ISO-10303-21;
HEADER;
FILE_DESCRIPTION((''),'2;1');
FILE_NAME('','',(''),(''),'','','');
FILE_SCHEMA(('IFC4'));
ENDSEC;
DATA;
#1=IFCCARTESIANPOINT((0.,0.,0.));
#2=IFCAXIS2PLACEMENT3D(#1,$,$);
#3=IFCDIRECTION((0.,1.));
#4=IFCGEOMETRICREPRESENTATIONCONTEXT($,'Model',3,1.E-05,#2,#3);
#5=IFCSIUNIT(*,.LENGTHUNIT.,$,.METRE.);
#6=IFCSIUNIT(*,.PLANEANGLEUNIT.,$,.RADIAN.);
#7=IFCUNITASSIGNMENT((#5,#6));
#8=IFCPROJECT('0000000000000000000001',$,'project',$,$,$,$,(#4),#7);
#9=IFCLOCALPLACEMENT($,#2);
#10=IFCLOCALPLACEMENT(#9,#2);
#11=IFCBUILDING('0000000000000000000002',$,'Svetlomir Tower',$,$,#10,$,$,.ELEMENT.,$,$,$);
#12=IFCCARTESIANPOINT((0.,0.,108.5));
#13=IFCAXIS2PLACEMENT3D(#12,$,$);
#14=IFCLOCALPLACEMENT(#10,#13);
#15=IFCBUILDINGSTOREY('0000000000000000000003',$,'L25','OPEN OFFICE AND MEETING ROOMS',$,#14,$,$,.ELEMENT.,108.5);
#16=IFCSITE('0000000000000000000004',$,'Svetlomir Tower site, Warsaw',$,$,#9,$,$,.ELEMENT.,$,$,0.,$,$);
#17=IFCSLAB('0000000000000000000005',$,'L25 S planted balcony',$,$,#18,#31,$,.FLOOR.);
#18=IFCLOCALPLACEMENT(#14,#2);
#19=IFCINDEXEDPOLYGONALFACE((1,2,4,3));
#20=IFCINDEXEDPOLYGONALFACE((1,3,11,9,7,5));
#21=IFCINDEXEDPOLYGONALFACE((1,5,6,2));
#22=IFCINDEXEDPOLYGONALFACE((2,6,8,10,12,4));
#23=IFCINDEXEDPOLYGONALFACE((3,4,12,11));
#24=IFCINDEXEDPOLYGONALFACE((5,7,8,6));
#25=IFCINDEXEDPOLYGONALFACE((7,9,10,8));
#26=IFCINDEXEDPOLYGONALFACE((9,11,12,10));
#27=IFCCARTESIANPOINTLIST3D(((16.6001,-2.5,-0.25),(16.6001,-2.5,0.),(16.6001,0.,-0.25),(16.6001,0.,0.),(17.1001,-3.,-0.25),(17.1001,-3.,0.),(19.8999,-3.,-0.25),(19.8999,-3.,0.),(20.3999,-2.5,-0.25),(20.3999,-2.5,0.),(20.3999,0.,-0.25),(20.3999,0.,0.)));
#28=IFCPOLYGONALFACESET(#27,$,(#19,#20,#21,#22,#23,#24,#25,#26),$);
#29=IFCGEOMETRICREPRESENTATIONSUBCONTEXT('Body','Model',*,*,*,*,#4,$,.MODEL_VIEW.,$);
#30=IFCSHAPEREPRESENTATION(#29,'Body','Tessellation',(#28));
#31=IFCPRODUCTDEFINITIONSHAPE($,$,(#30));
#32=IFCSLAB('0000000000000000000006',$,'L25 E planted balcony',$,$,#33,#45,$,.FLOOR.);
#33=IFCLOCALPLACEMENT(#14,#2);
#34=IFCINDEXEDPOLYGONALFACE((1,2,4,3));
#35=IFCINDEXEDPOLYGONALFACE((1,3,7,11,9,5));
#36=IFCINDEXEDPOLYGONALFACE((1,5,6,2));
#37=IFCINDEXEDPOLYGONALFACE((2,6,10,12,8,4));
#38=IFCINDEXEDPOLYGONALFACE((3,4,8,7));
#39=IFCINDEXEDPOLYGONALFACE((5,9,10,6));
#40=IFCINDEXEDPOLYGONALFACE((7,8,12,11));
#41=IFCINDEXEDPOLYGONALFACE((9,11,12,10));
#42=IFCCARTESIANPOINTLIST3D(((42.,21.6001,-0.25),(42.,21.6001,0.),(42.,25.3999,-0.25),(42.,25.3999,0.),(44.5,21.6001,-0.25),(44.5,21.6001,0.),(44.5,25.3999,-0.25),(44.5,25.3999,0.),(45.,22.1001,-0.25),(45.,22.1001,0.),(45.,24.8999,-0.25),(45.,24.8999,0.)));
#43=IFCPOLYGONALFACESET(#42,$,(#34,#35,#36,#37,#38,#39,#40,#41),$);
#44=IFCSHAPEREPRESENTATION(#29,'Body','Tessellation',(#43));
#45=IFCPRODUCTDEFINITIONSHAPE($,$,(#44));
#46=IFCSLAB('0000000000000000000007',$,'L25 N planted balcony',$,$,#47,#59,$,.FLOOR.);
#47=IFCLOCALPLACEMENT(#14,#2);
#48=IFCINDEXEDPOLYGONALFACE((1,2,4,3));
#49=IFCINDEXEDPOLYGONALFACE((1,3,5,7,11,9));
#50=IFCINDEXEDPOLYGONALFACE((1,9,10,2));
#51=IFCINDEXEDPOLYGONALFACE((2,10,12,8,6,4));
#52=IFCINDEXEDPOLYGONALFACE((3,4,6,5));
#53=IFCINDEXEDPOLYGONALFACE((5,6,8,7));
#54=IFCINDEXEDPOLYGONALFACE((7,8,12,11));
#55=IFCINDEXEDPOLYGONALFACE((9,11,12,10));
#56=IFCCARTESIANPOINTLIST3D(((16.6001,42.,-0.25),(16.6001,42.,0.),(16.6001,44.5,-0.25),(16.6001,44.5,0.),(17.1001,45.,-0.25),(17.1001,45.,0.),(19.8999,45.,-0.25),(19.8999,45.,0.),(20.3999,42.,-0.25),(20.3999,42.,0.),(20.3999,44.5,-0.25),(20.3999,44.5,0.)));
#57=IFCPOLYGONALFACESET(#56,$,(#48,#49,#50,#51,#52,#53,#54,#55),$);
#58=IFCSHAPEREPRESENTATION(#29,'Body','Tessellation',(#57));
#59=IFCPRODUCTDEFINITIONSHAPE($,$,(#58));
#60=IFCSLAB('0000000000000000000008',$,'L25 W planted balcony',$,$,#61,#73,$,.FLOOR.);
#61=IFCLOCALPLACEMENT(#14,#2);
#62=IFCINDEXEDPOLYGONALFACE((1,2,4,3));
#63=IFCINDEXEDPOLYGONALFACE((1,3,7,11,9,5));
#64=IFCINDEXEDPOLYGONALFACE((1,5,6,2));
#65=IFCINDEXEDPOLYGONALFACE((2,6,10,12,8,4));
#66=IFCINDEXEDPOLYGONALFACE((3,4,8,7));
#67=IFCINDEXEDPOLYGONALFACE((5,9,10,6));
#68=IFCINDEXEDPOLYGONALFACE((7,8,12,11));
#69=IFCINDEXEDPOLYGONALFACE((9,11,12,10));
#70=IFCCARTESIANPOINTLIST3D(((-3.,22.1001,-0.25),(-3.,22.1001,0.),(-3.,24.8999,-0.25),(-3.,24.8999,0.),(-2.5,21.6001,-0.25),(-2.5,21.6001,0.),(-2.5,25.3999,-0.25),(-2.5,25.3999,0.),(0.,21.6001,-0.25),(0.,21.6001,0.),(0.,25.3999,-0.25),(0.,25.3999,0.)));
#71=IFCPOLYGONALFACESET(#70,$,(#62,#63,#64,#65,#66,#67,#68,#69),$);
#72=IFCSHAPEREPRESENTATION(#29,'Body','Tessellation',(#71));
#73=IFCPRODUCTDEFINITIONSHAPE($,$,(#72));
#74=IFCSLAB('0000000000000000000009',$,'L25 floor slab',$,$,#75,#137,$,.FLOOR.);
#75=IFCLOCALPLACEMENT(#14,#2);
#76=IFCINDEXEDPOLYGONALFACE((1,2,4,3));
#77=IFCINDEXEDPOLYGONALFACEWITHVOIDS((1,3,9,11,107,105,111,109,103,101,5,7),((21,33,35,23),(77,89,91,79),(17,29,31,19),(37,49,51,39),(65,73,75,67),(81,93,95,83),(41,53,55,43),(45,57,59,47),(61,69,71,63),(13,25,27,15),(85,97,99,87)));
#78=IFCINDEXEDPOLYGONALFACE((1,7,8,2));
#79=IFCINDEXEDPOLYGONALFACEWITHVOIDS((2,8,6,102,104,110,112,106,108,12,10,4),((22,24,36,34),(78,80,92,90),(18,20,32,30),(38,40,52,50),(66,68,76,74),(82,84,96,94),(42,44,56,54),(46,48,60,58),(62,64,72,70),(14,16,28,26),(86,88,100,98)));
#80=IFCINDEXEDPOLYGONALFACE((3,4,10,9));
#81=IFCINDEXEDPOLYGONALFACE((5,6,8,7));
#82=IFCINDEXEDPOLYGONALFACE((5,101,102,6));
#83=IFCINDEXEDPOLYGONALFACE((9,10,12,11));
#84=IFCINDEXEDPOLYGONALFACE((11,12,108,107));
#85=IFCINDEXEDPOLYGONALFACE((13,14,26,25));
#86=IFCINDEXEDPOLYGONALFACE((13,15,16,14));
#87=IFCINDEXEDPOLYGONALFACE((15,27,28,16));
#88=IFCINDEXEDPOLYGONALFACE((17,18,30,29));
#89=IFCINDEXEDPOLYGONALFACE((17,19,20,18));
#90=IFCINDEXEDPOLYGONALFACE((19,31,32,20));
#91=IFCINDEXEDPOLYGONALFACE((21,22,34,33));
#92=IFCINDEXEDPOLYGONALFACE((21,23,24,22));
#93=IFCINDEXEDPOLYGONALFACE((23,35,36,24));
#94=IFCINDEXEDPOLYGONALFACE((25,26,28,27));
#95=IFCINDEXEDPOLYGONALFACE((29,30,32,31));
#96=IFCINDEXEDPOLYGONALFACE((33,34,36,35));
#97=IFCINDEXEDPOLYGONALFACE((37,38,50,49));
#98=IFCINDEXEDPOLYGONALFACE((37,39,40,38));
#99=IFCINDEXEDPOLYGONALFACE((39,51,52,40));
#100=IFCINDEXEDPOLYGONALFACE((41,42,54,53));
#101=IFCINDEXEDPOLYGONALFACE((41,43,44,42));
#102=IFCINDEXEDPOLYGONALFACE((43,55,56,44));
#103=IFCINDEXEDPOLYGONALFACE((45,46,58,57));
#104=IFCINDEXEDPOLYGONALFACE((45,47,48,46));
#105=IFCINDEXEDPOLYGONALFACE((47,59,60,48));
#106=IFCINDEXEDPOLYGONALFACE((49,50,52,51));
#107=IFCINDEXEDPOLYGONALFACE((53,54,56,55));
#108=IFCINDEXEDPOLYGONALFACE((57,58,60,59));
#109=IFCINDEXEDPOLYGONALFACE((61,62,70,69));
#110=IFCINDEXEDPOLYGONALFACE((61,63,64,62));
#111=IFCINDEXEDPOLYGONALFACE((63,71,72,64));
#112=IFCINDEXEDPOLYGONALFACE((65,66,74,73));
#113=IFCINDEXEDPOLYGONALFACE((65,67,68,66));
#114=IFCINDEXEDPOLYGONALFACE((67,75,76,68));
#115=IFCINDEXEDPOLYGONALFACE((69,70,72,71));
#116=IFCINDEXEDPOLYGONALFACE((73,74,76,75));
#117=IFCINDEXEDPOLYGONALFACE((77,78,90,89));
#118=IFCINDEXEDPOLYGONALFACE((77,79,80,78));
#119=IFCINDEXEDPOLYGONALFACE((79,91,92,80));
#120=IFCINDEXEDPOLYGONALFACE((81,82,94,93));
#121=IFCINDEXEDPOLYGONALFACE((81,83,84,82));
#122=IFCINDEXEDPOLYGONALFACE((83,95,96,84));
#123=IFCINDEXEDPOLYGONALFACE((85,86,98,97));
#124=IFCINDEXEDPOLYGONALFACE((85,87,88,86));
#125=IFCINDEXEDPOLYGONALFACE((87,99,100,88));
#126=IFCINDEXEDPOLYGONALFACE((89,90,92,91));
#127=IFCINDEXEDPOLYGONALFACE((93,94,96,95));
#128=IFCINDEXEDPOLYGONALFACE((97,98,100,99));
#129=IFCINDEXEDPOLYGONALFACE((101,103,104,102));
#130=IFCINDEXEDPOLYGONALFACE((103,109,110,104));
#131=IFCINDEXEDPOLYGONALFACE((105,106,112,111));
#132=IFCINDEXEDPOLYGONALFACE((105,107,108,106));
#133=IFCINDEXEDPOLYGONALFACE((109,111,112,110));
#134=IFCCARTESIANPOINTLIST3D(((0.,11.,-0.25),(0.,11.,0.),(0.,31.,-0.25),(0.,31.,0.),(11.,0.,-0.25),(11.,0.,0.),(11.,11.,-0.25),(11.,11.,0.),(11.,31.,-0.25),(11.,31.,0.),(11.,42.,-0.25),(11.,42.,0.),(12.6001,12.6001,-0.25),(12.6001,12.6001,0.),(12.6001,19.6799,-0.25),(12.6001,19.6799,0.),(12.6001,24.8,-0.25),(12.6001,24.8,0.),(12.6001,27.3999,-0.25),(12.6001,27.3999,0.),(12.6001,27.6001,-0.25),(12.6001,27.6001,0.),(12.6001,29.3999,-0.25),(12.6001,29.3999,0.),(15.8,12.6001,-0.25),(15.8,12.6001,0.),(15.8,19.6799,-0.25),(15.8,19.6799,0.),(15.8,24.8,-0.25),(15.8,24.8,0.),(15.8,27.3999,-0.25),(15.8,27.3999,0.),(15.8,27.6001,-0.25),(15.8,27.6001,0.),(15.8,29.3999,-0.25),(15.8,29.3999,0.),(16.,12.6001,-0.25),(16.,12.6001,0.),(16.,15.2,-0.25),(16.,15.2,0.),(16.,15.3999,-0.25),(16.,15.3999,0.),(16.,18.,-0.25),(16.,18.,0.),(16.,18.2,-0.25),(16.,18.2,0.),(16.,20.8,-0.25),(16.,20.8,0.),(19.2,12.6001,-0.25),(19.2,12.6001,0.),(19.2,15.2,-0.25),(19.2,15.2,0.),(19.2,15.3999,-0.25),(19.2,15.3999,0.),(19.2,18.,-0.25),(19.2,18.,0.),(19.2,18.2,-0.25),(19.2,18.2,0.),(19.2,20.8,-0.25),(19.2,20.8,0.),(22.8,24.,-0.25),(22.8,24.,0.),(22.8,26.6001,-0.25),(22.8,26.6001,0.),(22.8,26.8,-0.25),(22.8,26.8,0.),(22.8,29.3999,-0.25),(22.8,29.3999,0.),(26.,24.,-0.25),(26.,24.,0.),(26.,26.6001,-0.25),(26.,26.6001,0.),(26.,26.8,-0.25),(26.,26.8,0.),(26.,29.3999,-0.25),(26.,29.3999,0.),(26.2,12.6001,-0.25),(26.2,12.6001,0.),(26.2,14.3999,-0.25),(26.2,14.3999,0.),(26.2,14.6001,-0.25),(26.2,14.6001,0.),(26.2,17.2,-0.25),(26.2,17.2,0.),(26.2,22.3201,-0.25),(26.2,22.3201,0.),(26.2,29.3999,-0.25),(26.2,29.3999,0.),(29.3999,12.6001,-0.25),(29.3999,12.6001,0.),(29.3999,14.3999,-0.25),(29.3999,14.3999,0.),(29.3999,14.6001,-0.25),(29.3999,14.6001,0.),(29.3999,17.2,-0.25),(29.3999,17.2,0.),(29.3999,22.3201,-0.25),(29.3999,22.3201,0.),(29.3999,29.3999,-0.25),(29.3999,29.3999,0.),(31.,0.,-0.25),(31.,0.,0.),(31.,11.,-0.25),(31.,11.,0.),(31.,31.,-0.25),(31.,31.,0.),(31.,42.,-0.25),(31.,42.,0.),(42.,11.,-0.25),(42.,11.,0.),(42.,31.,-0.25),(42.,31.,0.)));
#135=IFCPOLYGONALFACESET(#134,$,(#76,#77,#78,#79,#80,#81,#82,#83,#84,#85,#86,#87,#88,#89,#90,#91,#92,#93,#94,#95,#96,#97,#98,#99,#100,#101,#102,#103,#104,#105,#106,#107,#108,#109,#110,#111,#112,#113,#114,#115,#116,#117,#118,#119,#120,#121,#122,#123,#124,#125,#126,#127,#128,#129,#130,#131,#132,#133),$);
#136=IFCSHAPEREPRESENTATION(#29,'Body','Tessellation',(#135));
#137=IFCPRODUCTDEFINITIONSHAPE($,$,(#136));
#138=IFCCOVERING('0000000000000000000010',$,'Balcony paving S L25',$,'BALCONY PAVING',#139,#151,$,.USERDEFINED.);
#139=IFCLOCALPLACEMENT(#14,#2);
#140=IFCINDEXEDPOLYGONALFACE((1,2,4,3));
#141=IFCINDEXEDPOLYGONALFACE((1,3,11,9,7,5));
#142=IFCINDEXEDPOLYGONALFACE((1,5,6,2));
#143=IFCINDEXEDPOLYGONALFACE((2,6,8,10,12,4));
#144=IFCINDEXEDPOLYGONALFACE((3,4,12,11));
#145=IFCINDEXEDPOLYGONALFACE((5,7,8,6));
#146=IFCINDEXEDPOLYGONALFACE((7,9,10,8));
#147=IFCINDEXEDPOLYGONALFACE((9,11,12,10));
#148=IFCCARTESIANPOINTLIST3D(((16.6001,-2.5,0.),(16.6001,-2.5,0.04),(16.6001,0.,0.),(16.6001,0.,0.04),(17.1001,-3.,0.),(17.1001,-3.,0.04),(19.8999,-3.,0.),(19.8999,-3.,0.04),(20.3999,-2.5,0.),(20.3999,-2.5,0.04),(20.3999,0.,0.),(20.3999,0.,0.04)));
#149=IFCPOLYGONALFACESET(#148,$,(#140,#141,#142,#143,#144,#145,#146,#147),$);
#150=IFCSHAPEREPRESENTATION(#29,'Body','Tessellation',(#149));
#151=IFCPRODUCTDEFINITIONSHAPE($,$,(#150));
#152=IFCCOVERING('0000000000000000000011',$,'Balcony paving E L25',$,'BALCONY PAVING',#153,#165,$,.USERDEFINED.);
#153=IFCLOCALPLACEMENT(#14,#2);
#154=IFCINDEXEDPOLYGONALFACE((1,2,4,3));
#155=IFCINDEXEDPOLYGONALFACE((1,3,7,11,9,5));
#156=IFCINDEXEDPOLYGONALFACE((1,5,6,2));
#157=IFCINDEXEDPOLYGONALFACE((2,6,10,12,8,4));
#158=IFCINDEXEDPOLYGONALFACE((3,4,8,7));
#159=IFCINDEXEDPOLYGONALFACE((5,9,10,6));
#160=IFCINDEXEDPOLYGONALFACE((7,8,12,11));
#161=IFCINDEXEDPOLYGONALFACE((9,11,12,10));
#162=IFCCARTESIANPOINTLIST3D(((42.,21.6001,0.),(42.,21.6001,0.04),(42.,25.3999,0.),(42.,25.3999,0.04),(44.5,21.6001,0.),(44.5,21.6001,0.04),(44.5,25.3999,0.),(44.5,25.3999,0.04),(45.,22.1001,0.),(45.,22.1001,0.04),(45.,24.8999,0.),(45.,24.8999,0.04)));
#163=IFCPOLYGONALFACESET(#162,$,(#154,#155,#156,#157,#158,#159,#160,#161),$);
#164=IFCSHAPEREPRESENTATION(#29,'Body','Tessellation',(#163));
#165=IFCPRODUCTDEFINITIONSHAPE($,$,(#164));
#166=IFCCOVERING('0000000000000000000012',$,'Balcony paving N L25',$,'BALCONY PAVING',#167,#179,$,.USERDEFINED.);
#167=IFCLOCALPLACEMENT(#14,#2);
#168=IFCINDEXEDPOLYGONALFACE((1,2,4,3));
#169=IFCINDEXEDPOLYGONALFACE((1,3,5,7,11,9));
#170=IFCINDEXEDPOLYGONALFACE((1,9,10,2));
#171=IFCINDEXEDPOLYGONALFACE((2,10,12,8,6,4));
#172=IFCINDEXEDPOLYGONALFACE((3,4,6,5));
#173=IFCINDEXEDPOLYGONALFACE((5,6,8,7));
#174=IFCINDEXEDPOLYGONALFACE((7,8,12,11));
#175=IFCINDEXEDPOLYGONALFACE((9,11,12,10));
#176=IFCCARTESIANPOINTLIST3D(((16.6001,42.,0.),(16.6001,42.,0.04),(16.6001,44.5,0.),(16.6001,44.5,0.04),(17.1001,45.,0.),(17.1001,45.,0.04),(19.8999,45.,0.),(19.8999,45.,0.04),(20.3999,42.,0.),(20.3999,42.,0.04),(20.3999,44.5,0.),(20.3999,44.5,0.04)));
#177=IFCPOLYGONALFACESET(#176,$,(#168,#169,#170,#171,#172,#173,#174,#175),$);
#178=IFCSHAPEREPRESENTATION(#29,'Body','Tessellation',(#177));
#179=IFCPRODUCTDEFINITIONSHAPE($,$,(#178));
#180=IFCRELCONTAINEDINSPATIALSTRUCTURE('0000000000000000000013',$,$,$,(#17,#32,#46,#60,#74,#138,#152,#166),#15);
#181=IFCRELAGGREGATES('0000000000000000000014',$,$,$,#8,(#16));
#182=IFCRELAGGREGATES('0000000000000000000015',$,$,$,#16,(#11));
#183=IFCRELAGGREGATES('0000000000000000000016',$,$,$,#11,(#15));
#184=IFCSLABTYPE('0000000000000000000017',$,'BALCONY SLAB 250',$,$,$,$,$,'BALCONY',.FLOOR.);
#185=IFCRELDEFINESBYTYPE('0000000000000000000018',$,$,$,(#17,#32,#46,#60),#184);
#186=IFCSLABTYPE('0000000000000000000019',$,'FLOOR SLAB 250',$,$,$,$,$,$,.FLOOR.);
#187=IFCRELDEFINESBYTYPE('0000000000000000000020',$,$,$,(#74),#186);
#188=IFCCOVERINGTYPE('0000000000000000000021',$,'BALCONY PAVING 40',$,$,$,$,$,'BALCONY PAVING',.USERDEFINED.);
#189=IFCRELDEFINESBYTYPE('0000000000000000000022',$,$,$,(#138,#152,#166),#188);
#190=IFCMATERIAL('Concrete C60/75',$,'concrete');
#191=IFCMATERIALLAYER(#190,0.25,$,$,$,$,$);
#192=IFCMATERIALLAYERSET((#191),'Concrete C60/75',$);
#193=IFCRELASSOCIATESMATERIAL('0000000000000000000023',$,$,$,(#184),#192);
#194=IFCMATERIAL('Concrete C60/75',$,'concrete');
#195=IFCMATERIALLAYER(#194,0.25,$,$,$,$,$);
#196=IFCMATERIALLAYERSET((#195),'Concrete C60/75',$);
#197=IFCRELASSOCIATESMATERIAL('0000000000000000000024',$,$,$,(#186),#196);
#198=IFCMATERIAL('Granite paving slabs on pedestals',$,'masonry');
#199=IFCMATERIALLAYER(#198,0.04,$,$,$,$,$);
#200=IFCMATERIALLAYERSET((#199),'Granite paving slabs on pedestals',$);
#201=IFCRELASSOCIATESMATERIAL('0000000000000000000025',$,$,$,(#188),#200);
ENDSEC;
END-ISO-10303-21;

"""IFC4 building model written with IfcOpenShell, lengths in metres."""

from ifc_helpers import new_model, si_unit, direction, frame, origin, place, context, subcontext, project, spatial, polyline, outline, extrude, material, layer, layer_set, type_object, element, save


model = new_model("IFC4")

# Units and contexts
model_context = context("Model", 3, precision=1e-05, world=origin(), true_north=direction((0.0, 1.0)))
body_context = subcontext(model_context, "Body", "Model", "MODEL_VIEW")
ifc_project = project(units=[si_unit("LENGTHUNIT", "METRE"), si_unit("PLANEANGLEUNIT", "RADIAN")], contexts=[model_context])

# Site, building, storey
site_placement = place(None, origin())
site = spatial("IfcSite", under=ifc_project, at=site_placement, Name="Svetlomir Tower site, Warsaw", CompositionType="ELEMENT", RefElevation=0.0)
building_placement = place(site_placement, origin())
building = spatial("IfcBuilding", under=site, at=building_placement, Name="Svetlomir Tower", CompositionType="ELEMENT")
storey_placement = place(building_placement, frame((0.0, 0.0, 108.5)))
storey = spatial("IfcBuildingStorey", under=building, at=storey_placement, Name="L25", Description="OPEN OFFICE AND MEETING ROOMS", CompositionType="ELEMENT", Elevation=108.5)

# Slabs
ifc_material_1 = material(Name="Concrete C60/75", Category="concrete")
ifc_layer_1 = layer(ifc_material_1, 0.25)
ifc_layer_set_1 = layer_set([ifc_layer_1], Name="Concrete C60/75")
slab_type_1 = type_object("IfcSlabType", Name="BALCONY SLAB 250", ElementType="BALCONY", PredefinedType="FLOOR", material=ifc_layer_set_1)
slab_1_placement = place(storey_placement, frame((0.0, 0.0, -0.25)))
element("IfcSlab", 1, at=slab_1_placement, inside=storey, type_object=slab_type_1, Name="L25 S planted balcony", PredefinedType="FLOOR", context=body_context, shape_type="SweptSolid", body=[
    extrude(outline(polyline([(16.6001, -2.5), (17.1001, -3.0), (19.8999, -3.0), (20.3999, -2.5), (20.3999, 0.0), (16.6001, 0.0), (16.6001, -2.5)])), origin(), (0.0, 0.0, 1.0), 0.25),
])
slab_2_placement = place(storey_placement, frame((0.0, 0.0, -0.25)))
element("IfcSlab", 2, at=slab_2_placement, inside=storey, type_object=slab_type_1, Name="L25 E planted balcony", PredefinedType="FLOOR", context=body_context, shape_type="SweptSolid", body=[
    extrude(outline(polyline([(42.0, 21.6001), (44.5, 21.6001), (45.0, 22.1001), (45.0, 24.8999), (44.5, 25.3999), (42.0, 25.3999), (42.0, 21.6001)])), origin(), (0.0, 0.0, 1.0), 0.25),
])
slab_3_placement = place(storey_placement, frame((0.0, 0.0, -0.25)))
element("IfcSlab", 3, at=slab_3_placement, inside=storey, type_object=slab_type_1, Name="L25 N planted balcony", PredefinedType="FLOOR", context=body_context, shape_type="SweptSolid", body=[
    extrude(outline(polyline([(16.6001, 42.0), (20.3999, 42.0), (20.3999, 44.5), (19.8999, 45.0), (17.1001, 45.0), (16.6001, 44.5), (16.6001, 42.0)])), origin(), (0.0, 0.0, 1.0), 0.25),
])
slab_4_placement = place(storey_placement, frame((0.0, 0.0, -0.25)))
element("IfcSlab", 4, at=slab_4_placement, inside=storey, type_object=slab_type_1, Name="L25 W planted balcony", PredefinedType="FLOOR", context=body_context, shape_type="SweptSolid", body=[
    extrude(outline(polyline([(-2.5, 21.6001), (0.0, 21.6001), (0.0, 25.3999), (-2.5, 25.3999), (-3.0, 24.8999), (-3.0, 22.1001), (-2.5, 21.6001)])), origin(), (0.0, 0.0, 1.0), 0.25),
])
ifc_material_2 = material(Name="Concrete C60/75", Category="concrete")
ifc_layer_2 = layer(ifc_material_2, 0.25)
ifc_layer_set_2 = layer_set([ifc_layer_2], Name="Concrete C60/75")
slab_type_2 = type_object("IfcSlabType", Name="FLOOR SLAB 250", PredefinedType="FLOOR", material=ifc_layer_set_2)
slab_5_placement = place(storey_placement, frame((0.0, 0.0, -0.25)))
element("IfcSlab", 5, at=slab_5_placement, inside=storey, type_object=slab_type_2, Name="L25 floor slab", PredefinedType="FLOOR", context=body_context, shape_type="SweptSolid", body=[
    extrude(outline(polyline([(11.0, 0.0), (31.0, 0.0), (31.0, 11.0), (42.0, 11.0), (42.0, 31.0), (31.0, 31.0), (31.0, 42.0), (11.0, 42.0), (11.0, 31.0), (0.0, 31.0), (0.0, 11.0), (11.0, 11.0), (11.0, 0.0)]), holes=[polyline([(12.6001, 24.8), (15.8, 24.8), (15.8, 27.3999), (12.6001, 27.3999), (12.6001, 24.8)]), polyline([(26.2, 14.6001), (29.3999, 14.6001), (29.3999, 17.2), (26.2, 17.2), (26.2, 14.6001)]), polyline([(16.0, 12.6001), (19.2, 12.6001), (19.2, 15.2), (16.0, 15.2), (16.0, 12.6001)]), polyline([(16.0, 15.3999), (19.2, 15.3999), (19.2, 18.0), (16.0, 18.0), (16.0, 15.3999)]), polyline([(16.0, 18.2), (19.2, 18.2), (19.2, 20.8), (16.0, 20.8), (16.0, 18.2)]), polyline([(22.8, 24.0), (26.0, 24.0), (26.0, 26.6001), (22.8, 26.6001), (22.8, 24.0)]), polyline([(22.8, 26.8), (26.0, 26.8), (26.0, 29.3999), (22.8, 29.3999), (22.8, 26.8)]), polyline([(12.6001, 27.6001), (15.8, 27.6001), (15.8, 29.3999), (12.6001, 29.3999), (12.6001, 27.6001)]), polyline([(26.2, 12.6001), (29.3999, 12.6001), (29.3999, 14.3999), (26.2, 14.3999), (26.2, 12.6001)]), polyline([(12.6001, 12.6001), (15.8, 12.6001), (15.8, 19.6799), (12.6001, 19.6799), (12.6001, 12.6001)]), polyline([(26.2, 22.3201), (29.3999, 22.3201), (29.3999, 29.3999), (26.2, 29.3999), (26.2, 22.3201)])]), origin(), (0.0, 0.0, 1.0), 0.25),
])

# Coverings
ifc_material_3 = material(Name="Granite paving slabs on pedestals", Category="masonry")
ifc_layer_3 = layer(ifc_material_3, 0.04)
ifc_layer_set_3 = layer_set([ifc_layer_3], Name="Granite paving slabs on pedestals")
covering_type_1 = type_object("IfcCoveringType", Name="BALCONY PAVING 40", ElementType="BALCONY PAVING", PredefinedType="USERDEFINED", material=ifc_layer_set_3)
covering_1_placement = place(storey_placement, origin())
element("IfcCovering", 6, at=covering_1_placement, inside=storey, type_object=covering_type_1, Name="Balcony paving S L25", ObjectType="BALCONY PAVING", PredefinedType="USERDEFINED", context=body_context, shape_type="SweptSolid", body=[
    extrude(outline(polyline([(16.6001, -2.5), (17.1001, -3.0), (19.8999, -3.0), (20.3999, -2.5), (20.3999, 0.0), (16.6001, 0.0), (16.6001, -2.5)])), origin(), (0.0, 0.0, 1.0), 0.04),
])
covering_2_placement = place(storey_placement, origin())
element("IfcCovering", 7, at=covering_2_placement, inside=storey, type_object=covering_type_1, Name="Balcony paving E L25", ObjectType="BALCONY PAVING", PredefinedType="USERDEFINED", context=body_context, shape_type="SweptSolid", body=[
    extrude(outline(polyline([(42.0, 21.6001), (44.5, 21.6001), (45.0, 22.1001), (45.0, 24.8999), (44.5, 25.3999), (42.0, 25.3999), (42.0, 21.6001)])), origin(), (0.0, 0.0, 1.0), 0.04),
])
covering_3_placement = place(storey_placement, origin())
element("IfcCovering", 8, at=covering_3_placement, inside=storey, type_object=covering_type_1, Name="Balcony paving N L25", ObjectType="BALCONY PAVING", PredefinedType="USERDEFINED", context=body_context, shape_type="SweptSolid", body=[
    extrude(outline(polyline([(16.6001, 42.0), (20.3999, 42.0), (20.3999, 44.5), (19.8999, 45.0), (17.1001, 45.0), (16.6001, 44.5), (16.6001, 42.0)])), origin(), (0.0, 0.0, 1.0), 0.04),
])

save(model, "model.ifc")
